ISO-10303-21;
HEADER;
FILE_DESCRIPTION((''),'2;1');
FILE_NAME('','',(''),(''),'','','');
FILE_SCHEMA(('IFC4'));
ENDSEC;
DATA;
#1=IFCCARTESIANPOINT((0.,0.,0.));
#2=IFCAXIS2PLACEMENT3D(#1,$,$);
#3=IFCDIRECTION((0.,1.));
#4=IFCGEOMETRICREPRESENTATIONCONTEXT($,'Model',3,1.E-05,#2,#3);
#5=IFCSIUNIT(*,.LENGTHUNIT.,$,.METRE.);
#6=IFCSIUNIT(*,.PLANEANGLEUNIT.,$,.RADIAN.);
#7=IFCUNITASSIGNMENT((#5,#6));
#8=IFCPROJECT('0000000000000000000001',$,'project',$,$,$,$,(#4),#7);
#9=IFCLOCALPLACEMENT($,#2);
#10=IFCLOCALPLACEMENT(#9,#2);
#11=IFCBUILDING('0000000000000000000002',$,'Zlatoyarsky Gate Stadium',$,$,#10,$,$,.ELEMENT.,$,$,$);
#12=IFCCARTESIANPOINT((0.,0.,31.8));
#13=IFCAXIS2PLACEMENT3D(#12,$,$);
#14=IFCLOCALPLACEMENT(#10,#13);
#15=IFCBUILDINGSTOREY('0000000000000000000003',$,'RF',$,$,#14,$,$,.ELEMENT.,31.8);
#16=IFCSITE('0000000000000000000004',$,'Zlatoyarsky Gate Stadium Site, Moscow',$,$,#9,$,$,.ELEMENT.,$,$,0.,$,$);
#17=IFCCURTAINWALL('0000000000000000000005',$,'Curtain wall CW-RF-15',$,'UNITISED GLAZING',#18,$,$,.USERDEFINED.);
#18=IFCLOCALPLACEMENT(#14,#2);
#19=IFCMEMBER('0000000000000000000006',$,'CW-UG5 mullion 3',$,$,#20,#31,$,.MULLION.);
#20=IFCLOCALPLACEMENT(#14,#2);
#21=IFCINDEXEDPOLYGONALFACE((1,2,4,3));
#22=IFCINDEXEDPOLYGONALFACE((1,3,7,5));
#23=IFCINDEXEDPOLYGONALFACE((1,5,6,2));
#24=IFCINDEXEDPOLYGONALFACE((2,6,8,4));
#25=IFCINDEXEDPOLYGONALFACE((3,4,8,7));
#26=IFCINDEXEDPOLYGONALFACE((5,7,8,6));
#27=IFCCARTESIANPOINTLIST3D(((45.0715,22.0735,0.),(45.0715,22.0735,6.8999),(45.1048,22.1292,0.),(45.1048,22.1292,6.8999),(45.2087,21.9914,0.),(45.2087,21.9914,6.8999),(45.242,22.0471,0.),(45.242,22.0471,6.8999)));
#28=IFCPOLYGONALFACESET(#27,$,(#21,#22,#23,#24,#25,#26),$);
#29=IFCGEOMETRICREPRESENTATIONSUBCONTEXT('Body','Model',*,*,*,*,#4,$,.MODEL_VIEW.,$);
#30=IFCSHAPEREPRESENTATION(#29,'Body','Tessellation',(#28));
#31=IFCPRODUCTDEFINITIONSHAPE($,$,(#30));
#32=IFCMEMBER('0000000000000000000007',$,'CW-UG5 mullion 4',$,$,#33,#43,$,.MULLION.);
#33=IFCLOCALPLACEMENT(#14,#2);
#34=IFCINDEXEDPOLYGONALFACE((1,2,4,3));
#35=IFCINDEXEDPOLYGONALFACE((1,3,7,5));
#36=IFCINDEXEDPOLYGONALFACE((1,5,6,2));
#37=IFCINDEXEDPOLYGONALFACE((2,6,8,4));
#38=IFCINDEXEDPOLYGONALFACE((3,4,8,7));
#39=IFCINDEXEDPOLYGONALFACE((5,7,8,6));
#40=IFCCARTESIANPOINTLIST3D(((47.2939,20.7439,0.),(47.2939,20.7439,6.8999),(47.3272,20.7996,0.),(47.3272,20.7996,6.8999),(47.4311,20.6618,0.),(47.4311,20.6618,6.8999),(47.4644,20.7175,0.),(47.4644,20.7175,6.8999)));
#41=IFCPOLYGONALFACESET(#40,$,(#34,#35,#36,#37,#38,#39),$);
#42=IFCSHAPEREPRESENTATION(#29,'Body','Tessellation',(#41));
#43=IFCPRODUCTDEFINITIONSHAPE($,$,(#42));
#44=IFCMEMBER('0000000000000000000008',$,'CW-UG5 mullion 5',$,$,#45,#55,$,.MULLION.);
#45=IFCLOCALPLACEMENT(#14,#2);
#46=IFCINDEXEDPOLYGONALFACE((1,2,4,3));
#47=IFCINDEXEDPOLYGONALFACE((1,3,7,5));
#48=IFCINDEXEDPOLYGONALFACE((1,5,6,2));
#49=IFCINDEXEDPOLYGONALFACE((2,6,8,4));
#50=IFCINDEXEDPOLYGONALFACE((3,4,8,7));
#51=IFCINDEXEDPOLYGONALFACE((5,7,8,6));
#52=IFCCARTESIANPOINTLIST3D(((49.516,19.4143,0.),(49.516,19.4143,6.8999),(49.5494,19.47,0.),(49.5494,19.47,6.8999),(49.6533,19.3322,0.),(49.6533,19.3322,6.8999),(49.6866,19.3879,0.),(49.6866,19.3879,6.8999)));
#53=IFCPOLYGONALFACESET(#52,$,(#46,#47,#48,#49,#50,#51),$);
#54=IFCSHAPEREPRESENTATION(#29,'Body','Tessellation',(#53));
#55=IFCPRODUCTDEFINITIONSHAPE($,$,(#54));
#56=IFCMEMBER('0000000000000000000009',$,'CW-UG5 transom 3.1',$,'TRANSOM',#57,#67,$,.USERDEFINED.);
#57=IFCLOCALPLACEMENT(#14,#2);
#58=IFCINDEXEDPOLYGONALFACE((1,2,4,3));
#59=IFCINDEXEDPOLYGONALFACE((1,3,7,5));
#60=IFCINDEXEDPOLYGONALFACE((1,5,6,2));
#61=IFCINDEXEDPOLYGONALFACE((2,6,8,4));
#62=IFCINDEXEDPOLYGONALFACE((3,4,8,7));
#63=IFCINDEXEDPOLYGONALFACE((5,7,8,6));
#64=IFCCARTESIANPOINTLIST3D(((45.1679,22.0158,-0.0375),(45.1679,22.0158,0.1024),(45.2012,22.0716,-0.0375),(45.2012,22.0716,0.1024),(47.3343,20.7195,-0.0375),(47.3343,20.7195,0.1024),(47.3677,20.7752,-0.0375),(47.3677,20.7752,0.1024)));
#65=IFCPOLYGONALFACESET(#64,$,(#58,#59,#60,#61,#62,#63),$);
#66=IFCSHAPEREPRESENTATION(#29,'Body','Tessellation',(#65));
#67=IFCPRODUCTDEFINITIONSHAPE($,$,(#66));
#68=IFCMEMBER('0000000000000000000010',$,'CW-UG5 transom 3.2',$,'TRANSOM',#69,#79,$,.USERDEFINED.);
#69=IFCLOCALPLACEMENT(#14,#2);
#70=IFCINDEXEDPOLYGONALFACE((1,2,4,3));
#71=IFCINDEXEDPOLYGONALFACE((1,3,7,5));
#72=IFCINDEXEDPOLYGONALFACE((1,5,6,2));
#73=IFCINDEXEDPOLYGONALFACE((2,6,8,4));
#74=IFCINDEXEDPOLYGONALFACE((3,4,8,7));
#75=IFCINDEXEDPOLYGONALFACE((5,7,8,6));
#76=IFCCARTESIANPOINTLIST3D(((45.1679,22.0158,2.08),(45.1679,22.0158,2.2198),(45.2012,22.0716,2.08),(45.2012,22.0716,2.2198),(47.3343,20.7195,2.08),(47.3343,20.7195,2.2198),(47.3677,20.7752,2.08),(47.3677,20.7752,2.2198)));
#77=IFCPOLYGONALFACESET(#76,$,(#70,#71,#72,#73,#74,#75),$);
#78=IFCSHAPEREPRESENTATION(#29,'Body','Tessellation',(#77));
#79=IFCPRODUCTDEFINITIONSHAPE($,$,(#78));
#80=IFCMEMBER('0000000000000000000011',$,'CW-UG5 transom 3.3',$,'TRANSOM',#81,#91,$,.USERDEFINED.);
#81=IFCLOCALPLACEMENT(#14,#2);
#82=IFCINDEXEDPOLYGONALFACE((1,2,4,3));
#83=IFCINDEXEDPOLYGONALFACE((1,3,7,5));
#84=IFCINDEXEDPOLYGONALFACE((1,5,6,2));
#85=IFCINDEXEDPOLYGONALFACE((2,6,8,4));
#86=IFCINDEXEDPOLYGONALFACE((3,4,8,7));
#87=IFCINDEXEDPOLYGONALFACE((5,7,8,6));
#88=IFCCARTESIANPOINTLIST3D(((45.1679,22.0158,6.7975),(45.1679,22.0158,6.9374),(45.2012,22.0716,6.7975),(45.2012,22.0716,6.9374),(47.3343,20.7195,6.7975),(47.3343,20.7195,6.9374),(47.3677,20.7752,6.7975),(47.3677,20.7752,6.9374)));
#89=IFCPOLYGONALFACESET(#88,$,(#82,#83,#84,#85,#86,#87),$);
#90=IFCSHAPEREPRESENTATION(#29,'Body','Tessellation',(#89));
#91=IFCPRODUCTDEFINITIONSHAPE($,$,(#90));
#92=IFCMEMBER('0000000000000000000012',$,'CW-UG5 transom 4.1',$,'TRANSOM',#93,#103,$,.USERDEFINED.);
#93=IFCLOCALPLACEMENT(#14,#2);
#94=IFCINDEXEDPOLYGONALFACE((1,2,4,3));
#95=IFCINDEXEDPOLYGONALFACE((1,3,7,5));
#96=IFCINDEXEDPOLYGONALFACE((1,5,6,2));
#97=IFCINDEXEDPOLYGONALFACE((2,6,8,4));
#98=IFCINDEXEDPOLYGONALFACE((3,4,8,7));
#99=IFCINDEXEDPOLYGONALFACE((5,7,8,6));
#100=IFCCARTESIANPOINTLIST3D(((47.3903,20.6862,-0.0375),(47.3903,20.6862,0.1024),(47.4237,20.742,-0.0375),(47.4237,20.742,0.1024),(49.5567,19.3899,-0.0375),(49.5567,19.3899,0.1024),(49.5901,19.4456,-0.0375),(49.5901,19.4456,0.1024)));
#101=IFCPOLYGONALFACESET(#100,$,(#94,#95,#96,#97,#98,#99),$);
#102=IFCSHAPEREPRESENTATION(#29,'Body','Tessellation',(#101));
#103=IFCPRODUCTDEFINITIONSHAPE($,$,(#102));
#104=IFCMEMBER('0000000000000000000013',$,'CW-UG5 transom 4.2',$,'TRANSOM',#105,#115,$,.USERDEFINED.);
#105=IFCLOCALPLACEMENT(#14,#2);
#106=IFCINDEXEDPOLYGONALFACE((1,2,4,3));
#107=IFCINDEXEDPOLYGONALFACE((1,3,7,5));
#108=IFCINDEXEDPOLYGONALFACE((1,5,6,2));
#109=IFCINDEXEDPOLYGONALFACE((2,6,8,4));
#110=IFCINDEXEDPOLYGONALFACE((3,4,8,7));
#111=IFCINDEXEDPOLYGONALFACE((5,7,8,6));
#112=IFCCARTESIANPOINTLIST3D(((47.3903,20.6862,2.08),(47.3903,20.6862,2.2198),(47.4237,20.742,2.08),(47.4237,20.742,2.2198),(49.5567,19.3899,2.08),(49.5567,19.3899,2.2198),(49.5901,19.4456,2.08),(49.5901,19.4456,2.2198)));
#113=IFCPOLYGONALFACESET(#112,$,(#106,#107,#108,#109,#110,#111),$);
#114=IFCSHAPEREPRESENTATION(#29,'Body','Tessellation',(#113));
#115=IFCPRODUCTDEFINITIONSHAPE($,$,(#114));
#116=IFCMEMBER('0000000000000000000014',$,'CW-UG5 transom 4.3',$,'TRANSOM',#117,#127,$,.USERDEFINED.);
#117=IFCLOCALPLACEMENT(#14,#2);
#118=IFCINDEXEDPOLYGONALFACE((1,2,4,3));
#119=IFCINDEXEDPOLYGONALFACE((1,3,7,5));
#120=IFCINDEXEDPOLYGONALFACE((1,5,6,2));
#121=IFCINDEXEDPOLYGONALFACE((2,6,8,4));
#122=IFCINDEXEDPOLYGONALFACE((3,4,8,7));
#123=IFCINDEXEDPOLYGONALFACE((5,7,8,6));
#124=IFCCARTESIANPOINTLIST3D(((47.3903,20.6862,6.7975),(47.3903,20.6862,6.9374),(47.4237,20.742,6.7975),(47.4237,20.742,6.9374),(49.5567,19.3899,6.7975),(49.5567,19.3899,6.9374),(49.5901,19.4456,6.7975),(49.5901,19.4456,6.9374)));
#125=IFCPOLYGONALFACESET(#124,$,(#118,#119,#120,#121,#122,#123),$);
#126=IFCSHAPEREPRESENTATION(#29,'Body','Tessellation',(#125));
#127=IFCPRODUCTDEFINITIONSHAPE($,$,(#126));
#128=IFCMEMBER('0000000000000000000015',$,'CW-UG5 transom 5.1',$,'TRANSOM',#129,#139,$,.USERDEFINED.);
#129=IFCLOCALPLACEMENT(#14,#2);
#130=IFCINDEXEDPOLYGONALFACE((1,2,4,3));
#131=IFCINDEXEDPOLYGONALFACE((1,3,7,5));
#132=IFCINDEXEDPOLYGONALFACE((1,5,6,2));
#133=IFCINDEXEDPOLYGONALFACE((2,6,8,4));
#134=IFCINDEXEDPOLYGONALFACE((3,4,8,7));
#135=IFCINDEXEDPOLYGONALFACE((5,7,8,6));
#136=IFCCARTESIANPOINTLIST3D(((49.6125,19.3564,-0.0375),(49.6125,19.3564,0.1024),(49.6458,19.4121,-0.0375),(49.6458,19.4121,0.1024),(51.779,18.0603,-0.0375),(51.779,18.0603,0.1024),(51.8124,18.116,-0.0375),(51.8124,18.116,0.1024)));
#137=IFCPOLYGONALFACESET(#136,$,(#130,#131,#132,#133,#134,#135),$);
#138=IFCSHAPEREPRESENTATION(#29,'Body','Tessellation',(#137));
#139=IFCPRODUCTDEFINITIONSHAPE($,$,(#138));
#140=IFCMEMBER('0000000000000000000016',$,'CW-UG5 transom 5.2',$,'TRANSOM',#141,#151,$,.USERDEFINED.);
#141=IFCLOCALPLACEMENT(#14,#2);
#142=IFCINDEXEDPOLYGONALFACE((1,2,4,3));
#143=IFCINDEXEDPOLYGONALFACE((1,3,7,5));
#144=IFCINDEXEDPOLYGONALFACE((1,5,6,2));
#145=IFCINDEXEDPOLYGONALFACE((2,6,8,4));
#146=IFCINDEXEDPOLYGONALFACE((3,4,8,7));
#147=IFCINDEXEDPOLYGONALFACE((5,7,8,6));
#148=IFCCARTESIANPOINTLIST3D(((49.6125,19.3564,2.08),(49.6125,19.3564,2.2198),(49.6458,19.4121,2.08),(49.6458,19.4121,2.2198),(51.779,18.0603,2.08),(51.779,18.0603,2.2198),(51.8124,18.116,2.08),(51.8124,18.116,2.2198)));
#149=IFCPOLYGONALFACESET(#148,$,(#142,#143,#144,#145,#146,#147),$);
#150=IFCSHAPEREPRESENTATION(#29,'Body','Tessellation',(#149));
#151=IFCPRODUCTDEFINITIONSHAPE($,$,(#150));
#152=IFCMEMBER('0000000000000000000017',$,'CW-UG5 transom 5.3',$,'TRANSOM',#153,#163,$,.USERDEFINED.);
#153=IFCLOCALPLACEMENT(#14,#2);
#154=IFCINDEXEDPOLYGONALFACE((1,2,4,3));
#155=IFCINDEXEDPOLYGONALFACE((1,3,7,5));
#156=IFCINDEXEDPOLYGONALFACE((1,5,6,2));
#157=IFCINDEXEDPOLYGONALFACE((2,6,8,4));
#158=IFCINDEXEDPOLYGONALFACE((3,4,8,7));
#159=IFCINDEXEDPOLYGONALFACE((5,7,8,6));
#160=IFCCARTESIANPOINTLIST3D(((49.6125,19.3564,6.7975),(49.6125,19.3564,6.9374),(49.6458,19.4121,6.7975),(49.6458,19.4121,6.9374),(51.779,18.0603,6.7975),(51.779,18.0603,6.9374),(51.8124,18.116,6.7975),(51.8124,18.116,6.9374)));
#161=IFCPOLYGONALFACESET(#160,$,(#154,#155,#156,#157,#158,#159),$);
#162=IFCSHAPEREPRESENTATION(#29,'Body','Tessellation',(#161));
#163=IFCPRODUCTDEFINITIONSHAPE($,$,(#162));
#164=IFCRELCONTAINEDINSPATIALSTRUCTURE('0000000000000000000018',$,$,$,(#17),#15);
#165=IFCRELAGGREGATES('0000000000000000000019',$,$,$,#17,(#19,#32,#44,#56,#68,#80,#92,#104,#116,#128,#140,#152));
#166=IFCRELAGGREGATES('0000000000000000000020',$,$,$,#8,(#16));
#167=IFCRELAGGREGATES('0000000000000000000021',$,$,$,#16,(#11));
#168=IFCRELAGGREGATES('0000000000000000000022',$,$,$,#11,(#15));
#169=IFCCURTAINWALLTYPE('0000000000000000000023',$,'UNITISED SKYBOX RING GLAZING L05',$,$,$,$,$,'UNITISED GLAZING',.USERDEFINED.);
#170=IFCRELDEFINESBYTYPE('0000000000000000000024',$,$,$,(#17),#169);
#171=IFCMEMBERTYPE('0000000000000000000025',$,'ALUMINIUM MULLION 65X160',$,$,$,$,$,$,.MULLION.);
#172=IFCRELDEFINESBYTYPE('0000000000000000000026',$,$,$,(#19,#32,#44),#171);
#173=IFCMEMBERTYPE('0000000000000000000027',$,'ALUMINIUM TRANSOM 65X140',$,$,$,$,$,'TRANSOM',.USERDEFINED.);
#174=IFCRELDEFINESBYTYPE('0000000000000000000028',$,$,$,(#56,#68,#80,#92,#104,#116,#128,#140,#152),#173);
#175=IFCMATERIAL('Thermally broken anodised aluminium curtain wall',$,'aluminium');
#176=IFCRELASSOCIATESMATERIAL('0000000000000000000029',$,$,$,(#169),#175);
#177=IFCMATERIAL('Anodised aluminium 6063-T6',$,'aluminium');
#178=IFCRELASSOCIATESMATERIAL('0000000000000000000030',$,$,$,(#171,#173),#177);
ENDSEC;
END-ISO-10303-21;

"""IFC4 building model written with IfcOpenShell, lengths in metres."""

from ifc_helpers import new_model, si_unit, direction, frame, origin, origin_2d, place, context, subcontext, project, spatial, rectangle, extrude, material, material_profile, profile_set, type_object, element, aggregate, save


model = new_model("IFC4")

# Units and contexts
model_context = context("Model", 3, precision=1e-05, world=origin(), true_north=direction((0.0, 1.0)))
body_context = subcontext(model_context, "Body", "Model", "MODEL_VIEW")
ifc_project = project(units=[si_unit("LENGTHUNIT", "METRE"), si_unit("PLANEANGLEUNIT", "RADIAN")], contexts=[model_context])

# Site, building, storey
site_placement = place(None, origin())
site = spatial("IfcSite", under=ifc_project, at=site_placement, Name="Zlatoyarsky Gate Stadium Site, Moscow", CompositionType="ELEMENT", RefElevation=0.0)
building_placement = place(site_placement, origin())
building = spatial("IfcBuilding", under=site, at=building_placement, Name="Zlatoyarsky Gate Stadium", CompositionType="ELEMENT")
storey_placement = place(building_placement, frame((0.0, 0.0, 31.8)))
storey = spatial("IfcBuildingStorey", under=building, at=storey_placement, Name="RF", CompositionType="ELEMENT", Elevation=31.8)

# Curtain wall, members
ifc_material_1 = material(Name="Thermally broken anodised aluminium curtain wall", Category="aluminium")
curtain_wall_type = type_object("IfcCurtainWallType", Name="UNITISED SKYBOX RING GLAZING L05", ElementType="UNITISED GLAZING", PredefinedType="USERDEFINED", material=ifc_material_1)
curtain_wall_placement = place(storey_placement, origin())
curtain_wall = element("IfcCurtainWall", 1, at=curtain_wall_placement, inside=storey, type_object=curtain_wall_type, Name="Curtain wall CW-RF-15", ObjectType="UNITISED GLAZING", PredefinedType="USERDEFINED")
ifc_material_2 = material(Name="Anodised aluminium 6063-T6", Category="aluminium")
ifc_material_profile_1 = material_profile(ifc_material_2, rectangle(XDim=0.0649, YDim=0.1599, at=origin_2d()), Name="ALU 65X160")
ifc_profile_set_1 = profile_set([ifc_material_profile_1], Name="Anodised aluminium 6063-T6")
member_type_1 = type_object("IfcMemberType", Name="ALUMINIUM MULLION 65X160", PredefinedType="MULLION", material=ifc_profile_set_1)
member_1_placement = place(storey_placement, frame((45.1567, 22.0603, 0.0), z_axis=(0.0, 0.0, 1.0), x_axis=(0.513436, 0.858128, 0.0)))
member_1 = element("IfcMember", 2, at=member_1_placement, type_object=member_type_1, Name="CW-UG5 mullion 3", PredefinedType="MULLION", context=body_context, shape_type="SweptSolid", body=[
    extrude(rectangle(XDim=0.0649, YDim=0.1599, at=origin_2d()), origin(), (0.0, 0.0, 1.0), 6.8999),
])
member_2_placement = place(storey_placement, frame((47.3792, 20.7307, 0.0), z_axis=(0.0, 0.0, 1.0), x_axis=(0.513436, 0.858128, 0.0)))
member_2 = element("IfcMember", 3, at=member_2_placement, type_object=member_type_1, Name="CW-UG5 mullion 4", PredefinedType="MULLION", context=body_context, shape_type="SweptSolid", body=[
    extrude(rectangle(XDim=0.0649, YDim=0.1599, at=origin_2d()), origin(), (0.0, 0.0, 1.0), 6.8999),
])
member_3_placement = place(storey_placement, frame((49.6013, 19.4011, 0.0), z_axis=(0.0, 0.0, 1.0), x_axis=(0.513436, 0.858128, 0.0)))
member_3 = element("IfcMember", 4, at=member_3_placement, type_object=member_type_1, Name="CW-UG5 mullion 5", PredefinedType="MULLION", context=body_context, shape_type="SweptSolid", body=[
    extrude(rectangle(XDim=0.0649, YDim=0.1599, at=origin_2d()), origin(), (0.0, 0.0, 1.0), 6.8999),
])
ifc_material_profile_2 = material_profile(ifc_material_2, rectangle(XDim=0.0649, YDim=0.1399, at=origin_2d()), Name="ALU 65X140")
ifc_profile_set_2 = profile_set([ifc_material_profile_2], Name="Anodised aluminium 6063-T6")
member_type_2 = type_object("IfcMemberType", Name="ALUMINIUM TRANSOM 65X140", ElementType="TRANSOM", PredefinedType="USERDEFINED", material=ifc_profile_set_2)
member_4_placement = place(storey_placement, frame((45.1846, 22.0437, 0.0325), z_axis=(0.858107, -0.513472, 0.0), x_axis=(0.513472, 0.858107, 0.0)))
member_4 = element("IfcMember", 5, at=member_4_placement, type_object=member_type_2, Name="CW-UG5 transom 3.1", ObjectType="TRANSOM", PredefinedType="USERDEFINED", context=body_context, shape_type="SweptSolid", body=[
    extrude(rectangle(XDim=0.0649, YDim=0.1399, at=origin_2d()), origin(), (0.0, 0.0, 1.0), 2.5247),
])
member_5_placement = place(storey_placement, frame((45.1846, 22.0437, 2.1499), z_axis=(0.858107, -0.513472, 0.0), x_axis=(0.513472, 0.858107, 0.0)))
member_5 = element("IfcMember", 6, at=member_5_placement, type_object=member_type_2, Name="CW-UG5 transom 3.2", ObjectType="TRANSOM", PredefinedType="USERDEFINED", context=body_context, shape_type="SweptSolid", body=[
    extrude(rectangle(XDim=0.0649, YDim=0.1399, at=origin_2d()), origin(), (0.0, 0.0, 1.0), 2.5247),
])
member_6_placement = place(storey_placement, frame((45.1846, 22.0437, 6.8674), z_axis=(0.858107, -0.513472, 0.0), x_axis=(0.513472, 0.858107, 0.0)))
member_6 = element("IfcMember", 7, at=member_6_placement, type_object=member_type_2, Name="CW-UG5 transom 3.3", ObjectType="TRANSOM", PredefinedType="USERDEFINED", context=body_context, shape_type="SweptSolid", body=[
    extrude(rectangle(XDim=0.0649, YDim=0.1399, at=origin_2d()), origin(), (0.0, 0.0, 1.0), 2.5247),
])
member_7_placement = place(storey_placement, frame((47.407, 20.7141, 0.0325), z_axis=(0.858107, -0.513472, 0.0), x_axis=(0.513472, 0.858107, 0.0)))
member_7 = element("IfcMember", 8, at=member_7_placement, type_object=member_type_2, Name="CW-UG5 transom 4.1", ObjectType="TRANSOM", PredefinedType="USERDEFINED", context=body_context, shape_type="SweptSolid", body=[
    extrude(rectangle(XDim=0.0649, YDim=0.1399, at=origin_2d()), origin(), (0.0, 0.0, 1.0), 2.5247),
])
member_8_placement = place(storey_placement, frame((47.407, 20.7141, 2.1499), z_axis=(0.858107, -0.513472, 0.0), x_axis=(0.513472, 0.858107, 0.0)))
member_8 = element("IfcMember", 9, at=member_8_placement, type_object=member_type_2, Name="CW-UG5 transom 4.2", ObjectType="TRANSOM", PredefinedType="USERDEFINED", context=body_context, shape_type="SweptSolid", body=[
    extrude(rectangle(XDim=0.0649, YDim=0.1399, at=origin_2d()), origin(), (0.0, 0.0, 1.0), 2.5247),
])
member_9_placement = place(storey_placement, frame((47.407, 20.7141, 6.8674), z_axis=(0.858107, -0.513472, 0.0), x_axis=(0.513472, 0.858107, 0.0)))
member_9 = element("IfcMember", 10, at=member_9_placement, type_object=member_type_2, Name="CW-UG5 transom 4.3", ObjectType="TRANSOM", PredefinedType="USERDEFINED", context=body_context, shape_type="SweptSolid", body=[
    extrude(rectangle(XDim=0.0649, YDim=0.1399, at=origin_2d()), origin(), (0.0, 0.0, 1.0), 2.5247),
])
member_10_placement = place(storey_placement, frame((49.6292, 19.3843, 0.0325), z_axis=(0.858149, -0.5134, 0.0), x_axis=(0.5134, 0.858149, 0.0)))
member_10 = element("IfcMember", 11, at=member_10_placement, type_object=member_type_2, Name="CW-UG5 transom 5.1", ObjectType="TRANSOM", PredefinedType="USERDEFINED", context=body_context, shape_type="SweptSolid", body=[
    extrude(rectangle(XDim=0.0649, YDim=0.1399, at=origin_2d()), origin(), (0.0, 0.0, 1.0), 2.5247),
])
member_11_placement = place(storey_placement, frame((49.6292, 19.3843, 2.1499), z_axis=(0.858149, -0.5134, 0.0), x_axis=(0.5134, 0.858149, 0.0)))
member_11 = element("IfcMember", 12, at=member_11_placement, type_object=member_type_2, Name="CW-UG5 transom 5.2", ObjectType="TRANSOM", PredefinedType="USERDEFINED", context=body_context, shape_type="SweptSolid", body=[
    extrude(rectangle(XDim=0.0649, YDim=0.1399, at=origin_2d()), origin(), (0.0, 0.0, 1.0), 2.5247),
])
member_12_placement = place(storey_placement, frame((49.6292, 19.3843, 6.8674), z_axis=(0.858149, -0.5134, 0.0), x_axis=(0.5134, 0.858149, 0.0)))
member_12 = element("IfcMember", 13, at=member_12_placement, type_object=member_type_2, Name="CW-UG5 transom 5.3", ObjectType="TRANSOM", PredefinedType="USERDEFINED", context=body_context, shape_type="SweptSolid", body=[
    extrude(rectangle(XDim=0.0649, YDim=0.1399, at=origin_2d()), origin(), (0.0, 0.0, 1.0), 2.5247),
])

aggregate(curtain_wall, [member_1, member_2, member_3, member_4, member_5, member_6, member_7, member_8, member_9, member_10, member_11, member_12])

save(model, "model.ifc")
